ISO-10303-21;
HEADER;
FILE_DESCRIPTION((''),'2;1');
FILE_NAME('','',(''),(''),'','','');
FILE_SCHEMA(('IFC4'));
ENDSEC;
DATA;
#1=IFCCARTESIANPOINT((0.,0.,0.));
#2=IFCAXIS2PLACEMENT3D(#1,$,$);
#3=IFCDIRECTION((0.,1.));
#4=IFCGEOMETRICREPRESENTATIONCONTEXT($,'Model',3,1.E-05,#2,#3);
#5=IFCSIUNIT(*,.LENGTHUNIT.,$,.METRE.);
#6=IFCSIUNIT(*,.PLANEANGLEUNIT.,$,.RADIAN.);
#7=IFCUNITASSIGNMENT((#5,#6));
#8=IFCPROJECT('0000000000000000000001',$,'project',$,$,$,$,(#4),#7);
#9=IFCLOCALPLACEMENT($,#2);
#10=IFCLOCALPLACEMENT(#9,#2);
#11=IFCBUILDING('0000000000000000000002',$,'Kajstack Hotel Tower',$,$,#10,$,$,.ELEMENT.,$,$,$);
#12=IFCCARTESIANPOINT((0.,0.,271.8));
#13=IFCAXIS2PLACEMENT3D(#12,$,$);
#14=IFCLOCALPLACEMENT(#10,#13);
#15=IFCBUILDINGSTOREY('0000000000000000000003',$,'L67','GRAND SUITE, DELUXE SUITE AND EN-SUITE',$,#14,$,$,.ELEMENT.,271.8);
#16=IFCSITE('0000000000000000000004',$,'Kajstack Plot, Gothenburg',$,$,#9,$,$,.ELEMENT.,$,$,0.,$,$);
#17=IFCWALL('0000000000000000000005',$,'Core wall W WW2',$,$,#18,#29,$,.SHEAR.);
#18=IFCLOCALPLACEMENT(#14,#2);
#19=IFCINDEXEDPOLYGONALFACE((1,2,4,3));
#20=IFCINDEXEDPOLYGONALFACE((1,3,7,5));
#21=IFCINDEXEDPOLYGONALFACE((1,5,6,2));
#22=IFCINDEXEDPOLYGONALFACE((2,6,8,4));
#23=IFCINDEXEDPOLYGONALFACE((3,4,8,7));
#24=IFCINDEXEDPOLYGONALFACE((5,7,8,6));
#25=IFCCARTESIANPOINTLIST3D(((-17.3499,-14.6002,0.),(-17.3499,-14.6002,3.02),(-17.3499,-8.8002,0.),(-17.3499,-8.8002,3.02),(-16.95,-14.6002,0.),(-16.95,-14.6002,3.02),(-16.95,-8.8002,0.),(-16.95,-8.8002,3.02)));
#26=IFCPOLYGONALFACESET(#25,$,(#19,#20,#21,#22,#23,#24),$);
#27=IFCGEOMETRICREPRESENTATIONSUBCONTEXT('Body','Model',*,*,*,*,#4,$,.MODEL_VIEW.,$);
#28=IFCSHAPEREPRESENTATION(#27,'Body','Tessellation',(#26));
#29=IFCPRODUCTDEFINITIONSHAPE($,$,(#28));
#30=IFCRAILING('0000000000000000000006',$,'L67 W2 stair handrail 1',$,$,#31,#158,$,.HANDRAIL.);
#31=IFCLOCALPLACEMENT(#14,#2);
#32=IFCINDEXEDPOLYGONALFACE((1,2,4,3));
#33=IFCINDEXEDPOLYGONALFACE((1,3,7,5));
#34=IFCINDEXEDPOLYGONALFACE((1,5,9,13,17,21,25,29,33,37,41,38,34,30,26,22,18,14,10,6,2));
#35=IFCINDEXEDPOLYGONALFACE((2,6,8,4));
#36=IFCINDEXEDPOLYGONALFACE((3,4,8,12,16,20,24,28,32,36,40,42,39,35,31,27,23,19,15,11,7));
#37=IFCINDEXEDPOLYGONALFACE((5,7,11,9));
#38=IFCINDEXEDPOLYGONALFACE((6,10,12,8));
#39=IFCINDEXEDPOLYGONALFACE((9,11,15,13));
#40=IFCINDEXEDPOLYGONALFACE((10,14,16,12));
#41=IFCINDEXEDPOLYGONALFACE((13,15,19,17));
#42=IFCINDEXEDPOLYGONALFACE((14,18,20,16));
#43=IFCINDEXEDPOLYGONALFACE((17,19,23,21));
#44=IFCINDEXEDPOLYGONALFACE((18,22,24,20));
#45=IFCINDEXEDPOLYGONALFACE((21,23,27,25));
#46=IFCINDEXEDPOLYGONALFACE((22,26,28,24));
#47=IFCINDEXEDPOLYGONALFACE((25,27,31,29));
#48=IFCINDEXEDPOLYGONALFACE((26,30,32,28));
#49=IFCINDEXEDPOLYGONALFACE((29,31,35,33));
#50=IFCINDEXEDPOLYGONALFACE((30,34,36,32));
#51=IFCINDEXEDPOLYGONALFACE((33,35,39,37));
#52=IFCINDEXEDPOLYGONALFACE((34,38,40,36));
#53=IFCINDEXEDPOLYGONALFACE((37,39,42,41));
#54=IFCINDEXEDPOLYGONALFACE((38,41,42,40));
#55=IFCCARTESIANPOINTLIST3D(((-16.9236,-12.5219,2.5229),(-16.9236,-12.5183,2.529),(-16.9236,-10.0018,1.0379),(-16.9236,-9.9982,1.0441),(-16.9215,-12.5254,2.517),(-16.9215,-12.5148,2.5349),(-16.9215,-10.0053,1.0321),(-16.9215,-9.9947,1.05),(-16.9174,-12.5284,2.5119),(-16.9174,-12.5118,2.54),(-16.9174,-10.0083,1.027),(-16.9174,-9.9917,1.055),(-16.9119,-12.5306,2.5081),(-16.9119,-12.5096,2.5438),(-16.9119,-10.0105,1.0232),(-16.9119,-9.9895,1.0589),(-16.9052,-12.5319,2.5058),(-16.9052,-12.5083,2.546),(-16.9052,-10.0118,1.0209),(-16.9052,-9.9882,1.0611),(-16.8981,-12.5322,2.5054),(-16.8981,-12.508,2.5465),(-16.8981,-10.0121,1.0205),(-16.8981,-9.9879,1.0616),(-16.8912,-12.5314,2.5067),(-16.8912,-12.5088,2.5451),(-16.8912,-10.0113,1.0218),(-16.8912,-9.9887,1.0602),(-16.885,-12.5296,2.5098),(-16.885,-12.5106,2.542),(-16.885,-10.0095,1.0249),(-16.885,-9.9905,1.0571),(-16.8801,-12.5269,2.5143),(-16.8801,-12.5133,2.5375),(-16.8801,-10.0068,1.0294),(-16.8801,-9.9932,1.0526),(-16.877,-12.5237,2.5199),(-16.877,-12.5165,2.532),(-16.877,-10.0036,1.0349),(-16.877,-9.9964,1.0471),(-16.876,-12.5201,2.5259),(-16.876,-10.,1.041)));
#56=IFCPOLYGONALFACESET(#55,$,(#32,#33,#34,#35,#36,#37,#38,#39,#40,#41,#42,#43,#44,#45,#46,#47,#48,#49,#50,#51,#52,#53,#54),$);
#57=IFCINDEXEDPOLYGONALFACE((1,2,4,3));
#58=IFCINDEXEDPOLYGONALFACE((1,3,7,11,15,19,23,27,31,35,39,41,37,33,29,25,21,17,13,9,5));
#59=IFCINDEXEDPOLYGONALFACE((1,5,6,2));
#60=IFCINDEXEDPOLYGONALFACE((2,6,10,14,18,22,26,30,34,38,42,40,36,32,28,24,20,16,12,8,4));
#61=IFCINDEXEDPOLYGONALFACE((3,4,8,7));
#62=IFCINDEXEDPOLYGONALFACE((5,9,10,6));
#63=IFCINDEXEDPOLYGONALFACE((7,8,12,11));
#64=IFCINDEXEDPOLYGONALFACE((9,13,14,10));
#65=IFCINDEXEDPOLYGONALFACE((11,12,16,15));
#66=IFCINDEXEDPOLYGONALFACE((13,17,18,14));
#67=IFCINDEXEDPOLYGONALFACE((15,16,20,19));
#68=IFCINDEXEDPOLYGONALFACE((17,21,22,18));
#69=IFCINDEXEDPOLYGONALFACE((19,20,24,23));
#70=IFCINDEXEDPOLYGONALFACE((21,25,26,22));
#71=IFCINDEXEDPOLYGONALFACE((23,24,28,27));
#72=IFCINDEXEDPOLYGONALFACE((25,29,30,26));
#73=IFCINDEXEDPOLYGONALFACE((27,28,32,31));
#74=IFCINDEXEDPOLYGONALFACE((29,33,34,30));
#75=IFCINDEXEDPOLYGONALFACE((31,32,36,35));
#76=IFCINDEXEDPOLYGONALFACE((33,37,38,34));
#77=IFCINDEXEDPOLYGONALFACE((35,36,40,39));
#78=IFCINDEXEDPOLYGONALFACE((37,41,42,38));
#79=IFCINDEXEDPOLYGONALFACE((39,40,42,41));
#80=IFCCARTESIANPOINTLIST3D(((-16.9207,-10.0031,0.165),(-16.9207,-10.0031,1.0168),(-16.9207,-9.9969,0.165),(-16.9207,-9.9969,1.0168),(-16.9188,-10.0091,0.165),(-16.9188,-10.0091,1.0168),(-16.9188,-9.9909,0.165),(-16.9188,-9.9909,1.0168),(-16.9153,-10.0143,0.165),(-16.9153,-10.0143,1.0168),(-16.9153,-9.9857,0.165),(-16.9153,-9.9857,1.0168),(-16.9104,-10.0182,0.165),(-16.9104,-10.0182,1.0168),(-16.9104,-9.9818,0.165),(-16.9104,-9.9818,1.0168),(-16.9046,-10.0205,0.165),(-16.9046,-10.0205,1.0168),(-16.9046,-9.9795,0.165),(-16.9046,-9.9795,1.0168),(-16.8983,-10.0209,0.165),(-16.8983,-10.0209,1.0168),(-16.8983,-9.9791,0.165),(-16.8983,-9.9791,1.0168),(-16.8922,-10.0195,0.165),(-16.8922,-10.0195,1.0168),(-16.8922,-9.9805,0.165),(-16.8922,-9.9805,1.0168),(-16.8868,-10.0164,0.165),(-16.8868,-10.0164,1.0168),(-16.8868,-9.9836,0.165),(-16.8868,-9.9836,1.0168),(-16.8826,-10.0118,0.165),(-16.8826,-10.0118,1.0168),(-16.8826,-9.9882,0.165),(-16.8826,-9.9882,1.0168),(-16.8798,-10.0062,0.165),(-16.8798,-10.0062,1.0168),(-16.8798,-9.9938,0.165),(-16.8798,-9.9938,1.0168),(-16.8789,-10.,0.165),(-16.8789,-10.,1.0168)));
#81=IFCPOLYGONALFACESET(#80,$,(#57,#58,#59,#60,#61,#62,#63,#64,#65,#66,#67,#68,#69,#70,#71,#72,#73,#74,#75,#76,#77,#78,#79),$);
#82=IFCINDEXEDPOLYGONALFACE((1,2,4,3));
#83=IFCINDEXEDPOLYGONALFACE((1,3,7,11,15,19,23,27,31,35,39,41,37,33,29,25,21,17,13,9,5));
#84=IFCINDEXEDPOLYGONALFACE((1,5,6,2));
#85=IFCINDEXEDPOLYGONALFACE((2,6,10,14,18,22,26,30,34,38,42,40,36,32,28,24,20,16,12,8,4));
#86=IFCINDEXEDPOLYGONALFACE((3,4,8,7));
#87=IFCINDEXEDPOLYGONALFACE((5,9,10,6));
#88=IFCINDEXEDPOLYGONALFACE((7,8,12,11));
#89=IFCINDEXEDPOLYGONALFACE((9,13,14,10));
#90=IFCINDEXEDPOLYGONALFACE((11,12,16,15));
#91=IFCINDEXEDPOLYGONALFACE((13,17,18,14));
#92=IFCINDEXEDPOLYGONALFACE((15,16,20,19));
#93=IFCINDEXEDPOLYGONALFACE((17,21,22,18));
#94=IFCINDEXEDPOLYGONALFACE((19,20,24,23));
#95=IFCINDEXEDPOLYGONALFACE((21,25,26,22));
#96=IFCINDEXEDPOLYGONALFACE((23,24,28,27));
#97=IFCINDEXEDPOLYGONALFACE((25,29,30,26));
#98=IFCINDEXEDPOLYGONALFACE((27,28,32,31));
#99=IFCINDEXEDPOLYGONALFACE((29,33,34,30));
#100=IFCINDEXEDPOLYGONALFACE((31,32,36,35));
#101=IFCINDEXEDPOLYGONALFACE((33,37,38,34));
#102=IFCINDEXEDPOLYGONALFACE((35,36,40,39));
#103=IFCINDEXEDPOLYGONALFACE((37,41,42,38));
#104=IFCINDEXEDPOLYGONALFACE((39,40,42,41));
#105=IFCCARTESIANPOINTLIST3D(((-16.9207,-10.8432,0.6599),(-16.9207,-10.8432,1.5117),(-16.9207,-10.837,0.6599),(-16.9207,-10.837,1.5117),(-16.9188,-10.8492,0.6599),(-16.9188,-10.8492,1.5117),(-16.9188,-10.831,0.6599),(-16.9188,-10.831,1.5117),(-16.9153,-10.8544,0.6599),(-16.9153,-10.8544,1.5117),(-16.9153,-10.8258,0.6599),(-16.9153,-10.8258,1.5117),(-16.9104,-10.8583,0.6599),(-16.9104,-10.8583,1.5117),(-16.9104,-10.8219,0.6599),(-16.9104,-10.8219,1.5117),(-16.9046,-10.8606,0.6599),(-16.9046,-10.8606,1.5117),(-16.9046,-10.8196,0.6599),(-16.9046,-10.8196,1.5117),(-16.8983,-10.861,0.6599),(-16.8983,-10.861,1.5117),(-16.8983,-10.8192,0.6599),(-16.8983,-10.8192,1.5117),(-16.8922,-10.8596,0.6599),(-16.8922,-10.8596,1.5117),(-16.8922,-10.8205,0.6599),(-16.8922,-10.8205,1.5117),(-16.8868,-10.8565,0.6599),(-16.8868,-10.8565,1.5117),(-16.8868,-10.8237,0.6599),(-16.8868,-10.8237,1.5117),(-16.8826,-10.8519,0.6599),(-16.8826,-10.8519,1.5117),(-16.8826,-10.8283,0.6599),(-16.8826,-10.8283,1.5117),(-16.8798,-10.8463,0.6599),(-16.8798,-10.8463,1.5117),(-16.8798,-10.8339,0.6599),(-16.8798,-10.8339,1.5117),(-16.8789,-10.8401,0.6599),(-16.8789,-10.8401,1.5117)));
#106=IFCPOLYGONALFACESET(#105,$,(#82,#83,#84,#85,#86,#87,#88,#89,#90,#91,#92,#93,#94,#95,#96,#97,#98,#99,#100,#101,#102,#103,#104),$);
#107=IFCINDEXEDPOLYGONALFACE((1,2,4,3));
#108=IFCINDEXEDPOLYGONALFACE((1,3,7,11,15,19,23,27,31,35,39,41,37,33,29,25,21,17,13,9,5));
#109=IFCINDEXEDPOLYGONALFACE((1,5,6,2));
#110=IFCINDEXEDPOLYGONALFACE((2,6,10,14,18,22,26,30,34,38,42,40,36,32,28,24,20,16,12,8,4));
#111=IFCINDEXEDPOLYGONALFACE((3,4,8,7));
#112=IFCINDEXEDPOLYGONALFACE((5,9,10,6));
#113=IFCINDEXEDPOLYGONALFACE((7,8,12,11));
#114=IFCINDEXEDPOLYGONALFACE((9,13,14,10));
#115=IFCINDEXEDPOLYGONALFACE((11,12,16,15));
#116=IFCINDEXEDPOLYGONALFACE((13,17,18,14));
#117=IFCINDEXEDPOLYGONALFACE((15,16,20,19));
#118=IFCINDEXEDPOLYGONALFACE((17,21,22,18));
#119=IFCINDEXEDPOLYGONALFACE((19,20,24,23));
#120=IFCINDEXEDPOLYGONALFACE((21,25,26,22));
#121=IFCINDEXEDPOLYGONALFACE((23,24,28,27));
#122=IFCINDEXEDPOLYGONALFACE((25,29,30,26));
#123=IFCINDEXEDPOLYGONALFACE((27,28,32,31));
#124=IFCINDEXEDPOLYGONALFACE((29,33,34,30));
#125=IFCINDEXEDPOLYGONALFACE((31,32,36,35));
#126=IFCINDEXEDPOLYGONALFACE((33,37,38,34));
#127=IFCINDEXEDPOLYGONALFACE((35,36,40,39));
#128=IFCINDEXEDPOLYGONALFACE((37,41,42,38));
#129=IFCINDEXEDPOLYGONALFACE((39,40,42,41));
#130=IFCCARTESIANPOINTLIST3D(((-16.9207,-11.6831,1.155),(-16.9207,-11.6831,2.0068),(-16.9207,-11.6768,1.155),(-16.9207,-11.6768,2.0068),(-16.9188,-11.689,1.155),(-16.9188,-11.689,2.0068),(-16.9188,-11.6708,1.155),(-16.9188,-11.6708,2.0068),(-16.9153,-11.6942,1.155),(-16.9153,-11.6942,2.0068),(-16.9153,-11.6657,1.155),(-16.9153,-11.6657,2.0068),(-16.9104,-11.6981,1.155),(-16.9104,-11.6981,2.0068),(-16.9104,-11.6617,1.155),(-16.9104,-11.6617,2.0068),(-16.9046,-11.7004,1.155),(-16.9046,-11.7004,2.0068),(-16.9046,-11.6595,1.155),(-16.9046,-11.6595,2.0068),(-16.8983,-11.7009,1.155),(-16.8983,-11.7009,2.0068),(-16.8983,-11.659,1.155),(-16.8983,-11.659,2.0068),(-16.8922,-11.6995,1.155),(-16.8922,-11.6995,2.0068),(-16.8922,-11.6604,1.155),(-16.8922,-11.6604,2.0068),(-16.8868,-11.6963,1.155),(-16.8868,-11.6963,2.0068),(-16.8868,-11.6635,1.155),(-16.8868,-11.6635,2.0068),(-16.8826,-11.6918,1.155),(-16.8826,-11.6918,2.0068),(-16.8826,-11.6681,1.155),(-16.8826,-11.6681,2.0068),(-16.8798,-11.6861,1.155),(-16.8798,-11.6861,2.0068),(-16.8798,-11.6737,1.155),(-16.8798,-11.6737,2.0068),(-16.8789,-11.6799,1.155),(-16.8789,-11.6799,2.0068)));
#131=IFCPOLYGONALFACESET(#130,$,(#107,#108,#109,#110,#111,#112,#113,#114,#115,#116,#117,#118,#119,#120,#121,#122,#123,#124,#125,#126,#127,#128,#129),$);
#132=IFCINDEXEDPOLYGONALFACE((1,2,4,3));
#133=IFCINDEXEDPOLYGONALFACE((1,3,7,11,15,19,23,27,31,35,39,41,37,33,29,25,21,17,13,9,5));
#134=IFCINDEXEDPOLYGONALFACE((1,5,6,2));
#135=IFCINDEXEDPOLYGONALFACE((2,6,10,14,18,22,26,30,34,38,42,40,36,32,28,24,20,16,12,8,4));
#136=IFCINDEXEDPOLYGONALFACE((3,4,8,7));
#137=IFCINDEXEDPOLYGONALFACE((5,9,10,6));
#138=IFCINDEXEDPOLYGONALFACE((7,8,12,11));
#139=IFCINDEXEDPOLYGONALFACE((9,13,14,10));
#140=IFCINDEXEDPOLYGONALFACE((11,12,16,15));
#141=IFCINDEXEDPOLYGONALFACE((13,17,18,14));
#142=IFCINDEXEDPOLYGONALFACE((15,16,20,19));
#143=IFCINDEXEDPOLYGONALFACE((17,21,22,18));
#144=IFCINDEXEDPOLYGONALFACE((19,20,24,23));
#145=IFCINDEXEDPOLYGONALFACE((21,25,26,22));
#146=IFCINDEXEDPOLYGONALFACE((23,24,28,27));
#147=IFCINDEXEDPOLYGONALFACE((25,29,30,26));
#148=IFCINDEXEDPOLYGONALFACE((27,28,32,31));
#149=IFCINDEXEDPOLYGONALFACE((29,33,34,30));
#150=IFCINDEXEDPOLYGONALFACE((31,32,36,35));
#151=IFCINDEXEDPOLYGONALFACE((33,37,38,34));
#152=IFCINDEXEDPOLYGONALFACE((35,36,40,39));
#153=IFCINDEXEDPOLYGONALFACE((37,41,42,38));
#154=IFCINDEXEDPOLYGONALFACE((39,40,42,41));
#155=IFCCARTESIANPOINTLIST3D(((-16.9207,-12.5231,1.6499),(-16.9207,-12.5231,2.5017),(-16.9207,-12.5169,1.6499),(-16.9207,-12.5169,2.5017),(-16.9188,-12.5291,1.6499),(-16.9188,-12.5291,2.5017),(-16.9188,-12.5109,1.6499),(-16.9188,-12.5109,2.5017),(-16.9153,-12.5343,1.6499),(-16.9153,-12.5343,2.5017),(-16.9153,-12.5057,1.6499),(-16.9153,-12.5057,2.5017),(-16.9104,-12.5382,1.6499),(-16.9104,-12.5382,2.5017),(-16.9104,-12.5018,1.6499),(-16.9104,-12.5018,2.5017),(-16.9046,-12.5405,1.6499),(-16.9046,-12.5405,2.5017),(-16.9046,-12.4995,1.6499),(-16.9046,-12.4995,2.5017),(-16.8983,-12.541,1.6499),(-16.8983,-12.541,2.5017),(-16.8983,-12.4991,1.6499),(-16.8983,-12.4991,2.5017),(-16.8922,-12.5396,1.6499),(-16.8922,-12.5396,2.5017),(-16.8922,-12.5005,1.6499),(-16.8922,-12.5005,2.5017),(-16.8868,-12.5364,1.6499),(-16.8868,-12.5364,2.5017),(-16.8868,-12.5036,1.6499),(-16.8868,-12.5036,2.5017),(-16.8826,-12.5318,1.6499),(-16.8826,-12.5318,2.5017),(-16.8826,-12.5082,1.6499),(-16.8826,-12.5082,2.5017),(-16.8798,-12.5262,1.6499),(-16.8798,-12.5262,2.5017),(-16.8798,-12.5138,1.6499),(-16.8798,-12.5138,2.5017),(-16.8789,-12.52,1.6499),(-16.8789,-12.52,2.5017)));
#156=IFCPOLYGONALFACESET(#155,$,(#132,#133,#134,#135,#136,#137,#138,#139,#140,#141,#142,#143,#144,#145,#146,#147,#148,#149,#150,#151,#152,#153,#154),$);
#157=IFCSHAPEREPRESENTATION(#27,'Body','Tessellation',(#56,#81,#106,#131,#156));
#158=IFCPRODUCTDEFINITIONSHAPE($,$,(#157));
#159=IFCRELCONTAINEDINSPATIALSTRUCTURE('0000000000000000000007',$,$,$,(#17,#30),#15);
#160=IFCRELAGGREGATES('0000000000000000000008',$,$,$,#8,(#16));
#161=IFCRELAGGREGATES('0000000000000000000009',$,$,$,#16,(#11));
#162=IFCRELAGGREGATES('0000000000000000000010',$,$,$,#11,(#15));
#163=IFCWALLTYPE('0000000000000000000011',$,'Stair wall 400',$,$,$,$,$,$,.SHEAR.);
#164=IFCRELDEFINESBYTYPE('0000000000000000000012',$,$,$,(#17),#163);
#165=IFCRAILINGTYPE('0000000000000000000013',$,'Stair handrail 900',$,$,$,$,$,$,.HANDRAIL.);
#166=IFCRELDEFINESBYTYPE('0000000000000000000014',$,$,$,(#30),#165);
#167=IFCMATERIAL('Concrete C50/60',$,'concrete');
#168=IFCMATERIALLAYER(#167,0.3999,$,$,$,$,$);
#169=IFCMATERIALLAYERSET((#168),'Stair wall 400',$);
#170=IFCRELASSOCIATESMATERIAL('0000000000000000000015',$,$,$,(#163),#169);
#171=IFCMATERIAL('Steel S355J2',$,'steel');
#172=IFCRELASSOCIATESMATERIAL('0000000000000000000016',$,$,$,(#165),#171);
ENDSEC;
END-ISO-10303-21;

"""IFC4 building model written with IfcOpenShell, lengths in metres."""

from ifc_helpers import new_model, si_unit, direction, frame, frame_2d, origin, origin_2d, place, context, subcontext, project, spatial, rectangle, circle, extrude, material, layer, layer_set, type_object, element, save


model = new_model("IFC4")

# Units and contexts
model_context = context("Model", 3, precision=1e-05, world=origin(), true_north=direction((0.0, 1.0)))
body_context = subcontext(model_context, "Body", "Model", "MODEL_VIEW")
ifc_project = project(units=[si_unit("LENGTHUNIT", "METRE"), si_unit("PLANEANGLEUNIT", "RADIAN")], contexts=[model_context])

# Site, building, storey
site_placement = place(None, origin())
site = spatial("IfcSite", under=ifc_project, at=site_placement, Name="Kajstack Plot, Gothenburg", CompositionType="ELEMENT", RefElevation=0.0)
building_placement = place(site_placement, origin())
building = spatial("IfcBuilding", under=site, at=building_placement, Name="Kajstack Hotel Tower", CompositionType="ELEMENT")
storey_placement = place(building_placement, frame((0.0, 0.0, 271.8)))
storey = spatial("IfcBuildingStorey", under=building, at=storey_placement, Name="L67", Description="GRAND SUITE, DELUXE SUITE AND EN-SUITE", CompositionType="ELEMENT", Elevation=271.8)

# Wall
ifc_material_1 = material(Name="Concrete C50/60", Category="concrete")
ifc_layer_1 = layer(ifc_material_1, 0.3999)
ifc_layer_set_1 = layer_set([ifc_layer_1], Name="Stair wall 400")
wall_type_1 = type_object("IfcWallType", Name="Stair wall 400", PredefinedType="SHEAR", material=ifc_layer_set_1)
wall_1_placement = place(storey_placement, frame((-17.1499, -14.6001, 0.0), z_axis=(0.0, 0.0, 1.0), x_axis=(0.0, 1.0, 0.0)))
element("IfcWall", 1, at=wall_1_placement, inside=storey, type_object=wall_type_1, Name="Core wall W WW2", PredefinedType="SHEAR", context=body_context, shape_type="SweptSolid", body=[
    extrude(rectangle(XDim=5.8, YDim=0.3999, at=frame_2d((2.8999, 0.0))), origin(), (0.0, 0.0, 1.0), 3.02),
])

# Railing
ifc_material_2 = material(Name="Steel S355J2", Category="steel")
railing_type_1 = type_object("IfcRailingType", Name="Stair handrail 900", PredefinedType="HANDRAIL", material=ifc_material_2)
railing_1_placement = place(storey_placement, frame((-16.8999, -10.0, 0.165)))
element("IfcRailing", 2, at=railing_1_placement, inside=storey, type_object=railing_type_1, Name="L67 W2 stair handrail 1", PredefinedType="HANDRAIL", context=body_context, shape_type="SweptSolid", body=[
    extrude(circle(Radius=0.0239, at=origin_2d()), frame((0.0, 0.0, 0.876), z_axis=(0.0, -0.861561, 0.507655), x_axis=(1.0, 0.0, 0.0)), (0.0, 0.0, 1.0), 2.925),
    extrude(circle(Radius=0.021, at=origin_2d()), origin(), (0.0, 0.0, 1.0), 0.8518),
    extrude(circle(Radius=0.021, at=origin_2d()), frame((0.0, -0.8401, 0.4949)), (0.0, 0.0, 1.0), 0.8518),
    extrude(circle(Radius=0.021, at=origin_2d()), frame((0.0, -1.6799, 0.99)), (0.0, 0.0, 1.0), 0.8518),
    extrude(circle(Radius=0.021, at=origin_2d()), frame((0.0, -2.52, 1.4849)), (0.0, 0.0, 1.0), 0.8518),
])

save(model, "model.ifc")
